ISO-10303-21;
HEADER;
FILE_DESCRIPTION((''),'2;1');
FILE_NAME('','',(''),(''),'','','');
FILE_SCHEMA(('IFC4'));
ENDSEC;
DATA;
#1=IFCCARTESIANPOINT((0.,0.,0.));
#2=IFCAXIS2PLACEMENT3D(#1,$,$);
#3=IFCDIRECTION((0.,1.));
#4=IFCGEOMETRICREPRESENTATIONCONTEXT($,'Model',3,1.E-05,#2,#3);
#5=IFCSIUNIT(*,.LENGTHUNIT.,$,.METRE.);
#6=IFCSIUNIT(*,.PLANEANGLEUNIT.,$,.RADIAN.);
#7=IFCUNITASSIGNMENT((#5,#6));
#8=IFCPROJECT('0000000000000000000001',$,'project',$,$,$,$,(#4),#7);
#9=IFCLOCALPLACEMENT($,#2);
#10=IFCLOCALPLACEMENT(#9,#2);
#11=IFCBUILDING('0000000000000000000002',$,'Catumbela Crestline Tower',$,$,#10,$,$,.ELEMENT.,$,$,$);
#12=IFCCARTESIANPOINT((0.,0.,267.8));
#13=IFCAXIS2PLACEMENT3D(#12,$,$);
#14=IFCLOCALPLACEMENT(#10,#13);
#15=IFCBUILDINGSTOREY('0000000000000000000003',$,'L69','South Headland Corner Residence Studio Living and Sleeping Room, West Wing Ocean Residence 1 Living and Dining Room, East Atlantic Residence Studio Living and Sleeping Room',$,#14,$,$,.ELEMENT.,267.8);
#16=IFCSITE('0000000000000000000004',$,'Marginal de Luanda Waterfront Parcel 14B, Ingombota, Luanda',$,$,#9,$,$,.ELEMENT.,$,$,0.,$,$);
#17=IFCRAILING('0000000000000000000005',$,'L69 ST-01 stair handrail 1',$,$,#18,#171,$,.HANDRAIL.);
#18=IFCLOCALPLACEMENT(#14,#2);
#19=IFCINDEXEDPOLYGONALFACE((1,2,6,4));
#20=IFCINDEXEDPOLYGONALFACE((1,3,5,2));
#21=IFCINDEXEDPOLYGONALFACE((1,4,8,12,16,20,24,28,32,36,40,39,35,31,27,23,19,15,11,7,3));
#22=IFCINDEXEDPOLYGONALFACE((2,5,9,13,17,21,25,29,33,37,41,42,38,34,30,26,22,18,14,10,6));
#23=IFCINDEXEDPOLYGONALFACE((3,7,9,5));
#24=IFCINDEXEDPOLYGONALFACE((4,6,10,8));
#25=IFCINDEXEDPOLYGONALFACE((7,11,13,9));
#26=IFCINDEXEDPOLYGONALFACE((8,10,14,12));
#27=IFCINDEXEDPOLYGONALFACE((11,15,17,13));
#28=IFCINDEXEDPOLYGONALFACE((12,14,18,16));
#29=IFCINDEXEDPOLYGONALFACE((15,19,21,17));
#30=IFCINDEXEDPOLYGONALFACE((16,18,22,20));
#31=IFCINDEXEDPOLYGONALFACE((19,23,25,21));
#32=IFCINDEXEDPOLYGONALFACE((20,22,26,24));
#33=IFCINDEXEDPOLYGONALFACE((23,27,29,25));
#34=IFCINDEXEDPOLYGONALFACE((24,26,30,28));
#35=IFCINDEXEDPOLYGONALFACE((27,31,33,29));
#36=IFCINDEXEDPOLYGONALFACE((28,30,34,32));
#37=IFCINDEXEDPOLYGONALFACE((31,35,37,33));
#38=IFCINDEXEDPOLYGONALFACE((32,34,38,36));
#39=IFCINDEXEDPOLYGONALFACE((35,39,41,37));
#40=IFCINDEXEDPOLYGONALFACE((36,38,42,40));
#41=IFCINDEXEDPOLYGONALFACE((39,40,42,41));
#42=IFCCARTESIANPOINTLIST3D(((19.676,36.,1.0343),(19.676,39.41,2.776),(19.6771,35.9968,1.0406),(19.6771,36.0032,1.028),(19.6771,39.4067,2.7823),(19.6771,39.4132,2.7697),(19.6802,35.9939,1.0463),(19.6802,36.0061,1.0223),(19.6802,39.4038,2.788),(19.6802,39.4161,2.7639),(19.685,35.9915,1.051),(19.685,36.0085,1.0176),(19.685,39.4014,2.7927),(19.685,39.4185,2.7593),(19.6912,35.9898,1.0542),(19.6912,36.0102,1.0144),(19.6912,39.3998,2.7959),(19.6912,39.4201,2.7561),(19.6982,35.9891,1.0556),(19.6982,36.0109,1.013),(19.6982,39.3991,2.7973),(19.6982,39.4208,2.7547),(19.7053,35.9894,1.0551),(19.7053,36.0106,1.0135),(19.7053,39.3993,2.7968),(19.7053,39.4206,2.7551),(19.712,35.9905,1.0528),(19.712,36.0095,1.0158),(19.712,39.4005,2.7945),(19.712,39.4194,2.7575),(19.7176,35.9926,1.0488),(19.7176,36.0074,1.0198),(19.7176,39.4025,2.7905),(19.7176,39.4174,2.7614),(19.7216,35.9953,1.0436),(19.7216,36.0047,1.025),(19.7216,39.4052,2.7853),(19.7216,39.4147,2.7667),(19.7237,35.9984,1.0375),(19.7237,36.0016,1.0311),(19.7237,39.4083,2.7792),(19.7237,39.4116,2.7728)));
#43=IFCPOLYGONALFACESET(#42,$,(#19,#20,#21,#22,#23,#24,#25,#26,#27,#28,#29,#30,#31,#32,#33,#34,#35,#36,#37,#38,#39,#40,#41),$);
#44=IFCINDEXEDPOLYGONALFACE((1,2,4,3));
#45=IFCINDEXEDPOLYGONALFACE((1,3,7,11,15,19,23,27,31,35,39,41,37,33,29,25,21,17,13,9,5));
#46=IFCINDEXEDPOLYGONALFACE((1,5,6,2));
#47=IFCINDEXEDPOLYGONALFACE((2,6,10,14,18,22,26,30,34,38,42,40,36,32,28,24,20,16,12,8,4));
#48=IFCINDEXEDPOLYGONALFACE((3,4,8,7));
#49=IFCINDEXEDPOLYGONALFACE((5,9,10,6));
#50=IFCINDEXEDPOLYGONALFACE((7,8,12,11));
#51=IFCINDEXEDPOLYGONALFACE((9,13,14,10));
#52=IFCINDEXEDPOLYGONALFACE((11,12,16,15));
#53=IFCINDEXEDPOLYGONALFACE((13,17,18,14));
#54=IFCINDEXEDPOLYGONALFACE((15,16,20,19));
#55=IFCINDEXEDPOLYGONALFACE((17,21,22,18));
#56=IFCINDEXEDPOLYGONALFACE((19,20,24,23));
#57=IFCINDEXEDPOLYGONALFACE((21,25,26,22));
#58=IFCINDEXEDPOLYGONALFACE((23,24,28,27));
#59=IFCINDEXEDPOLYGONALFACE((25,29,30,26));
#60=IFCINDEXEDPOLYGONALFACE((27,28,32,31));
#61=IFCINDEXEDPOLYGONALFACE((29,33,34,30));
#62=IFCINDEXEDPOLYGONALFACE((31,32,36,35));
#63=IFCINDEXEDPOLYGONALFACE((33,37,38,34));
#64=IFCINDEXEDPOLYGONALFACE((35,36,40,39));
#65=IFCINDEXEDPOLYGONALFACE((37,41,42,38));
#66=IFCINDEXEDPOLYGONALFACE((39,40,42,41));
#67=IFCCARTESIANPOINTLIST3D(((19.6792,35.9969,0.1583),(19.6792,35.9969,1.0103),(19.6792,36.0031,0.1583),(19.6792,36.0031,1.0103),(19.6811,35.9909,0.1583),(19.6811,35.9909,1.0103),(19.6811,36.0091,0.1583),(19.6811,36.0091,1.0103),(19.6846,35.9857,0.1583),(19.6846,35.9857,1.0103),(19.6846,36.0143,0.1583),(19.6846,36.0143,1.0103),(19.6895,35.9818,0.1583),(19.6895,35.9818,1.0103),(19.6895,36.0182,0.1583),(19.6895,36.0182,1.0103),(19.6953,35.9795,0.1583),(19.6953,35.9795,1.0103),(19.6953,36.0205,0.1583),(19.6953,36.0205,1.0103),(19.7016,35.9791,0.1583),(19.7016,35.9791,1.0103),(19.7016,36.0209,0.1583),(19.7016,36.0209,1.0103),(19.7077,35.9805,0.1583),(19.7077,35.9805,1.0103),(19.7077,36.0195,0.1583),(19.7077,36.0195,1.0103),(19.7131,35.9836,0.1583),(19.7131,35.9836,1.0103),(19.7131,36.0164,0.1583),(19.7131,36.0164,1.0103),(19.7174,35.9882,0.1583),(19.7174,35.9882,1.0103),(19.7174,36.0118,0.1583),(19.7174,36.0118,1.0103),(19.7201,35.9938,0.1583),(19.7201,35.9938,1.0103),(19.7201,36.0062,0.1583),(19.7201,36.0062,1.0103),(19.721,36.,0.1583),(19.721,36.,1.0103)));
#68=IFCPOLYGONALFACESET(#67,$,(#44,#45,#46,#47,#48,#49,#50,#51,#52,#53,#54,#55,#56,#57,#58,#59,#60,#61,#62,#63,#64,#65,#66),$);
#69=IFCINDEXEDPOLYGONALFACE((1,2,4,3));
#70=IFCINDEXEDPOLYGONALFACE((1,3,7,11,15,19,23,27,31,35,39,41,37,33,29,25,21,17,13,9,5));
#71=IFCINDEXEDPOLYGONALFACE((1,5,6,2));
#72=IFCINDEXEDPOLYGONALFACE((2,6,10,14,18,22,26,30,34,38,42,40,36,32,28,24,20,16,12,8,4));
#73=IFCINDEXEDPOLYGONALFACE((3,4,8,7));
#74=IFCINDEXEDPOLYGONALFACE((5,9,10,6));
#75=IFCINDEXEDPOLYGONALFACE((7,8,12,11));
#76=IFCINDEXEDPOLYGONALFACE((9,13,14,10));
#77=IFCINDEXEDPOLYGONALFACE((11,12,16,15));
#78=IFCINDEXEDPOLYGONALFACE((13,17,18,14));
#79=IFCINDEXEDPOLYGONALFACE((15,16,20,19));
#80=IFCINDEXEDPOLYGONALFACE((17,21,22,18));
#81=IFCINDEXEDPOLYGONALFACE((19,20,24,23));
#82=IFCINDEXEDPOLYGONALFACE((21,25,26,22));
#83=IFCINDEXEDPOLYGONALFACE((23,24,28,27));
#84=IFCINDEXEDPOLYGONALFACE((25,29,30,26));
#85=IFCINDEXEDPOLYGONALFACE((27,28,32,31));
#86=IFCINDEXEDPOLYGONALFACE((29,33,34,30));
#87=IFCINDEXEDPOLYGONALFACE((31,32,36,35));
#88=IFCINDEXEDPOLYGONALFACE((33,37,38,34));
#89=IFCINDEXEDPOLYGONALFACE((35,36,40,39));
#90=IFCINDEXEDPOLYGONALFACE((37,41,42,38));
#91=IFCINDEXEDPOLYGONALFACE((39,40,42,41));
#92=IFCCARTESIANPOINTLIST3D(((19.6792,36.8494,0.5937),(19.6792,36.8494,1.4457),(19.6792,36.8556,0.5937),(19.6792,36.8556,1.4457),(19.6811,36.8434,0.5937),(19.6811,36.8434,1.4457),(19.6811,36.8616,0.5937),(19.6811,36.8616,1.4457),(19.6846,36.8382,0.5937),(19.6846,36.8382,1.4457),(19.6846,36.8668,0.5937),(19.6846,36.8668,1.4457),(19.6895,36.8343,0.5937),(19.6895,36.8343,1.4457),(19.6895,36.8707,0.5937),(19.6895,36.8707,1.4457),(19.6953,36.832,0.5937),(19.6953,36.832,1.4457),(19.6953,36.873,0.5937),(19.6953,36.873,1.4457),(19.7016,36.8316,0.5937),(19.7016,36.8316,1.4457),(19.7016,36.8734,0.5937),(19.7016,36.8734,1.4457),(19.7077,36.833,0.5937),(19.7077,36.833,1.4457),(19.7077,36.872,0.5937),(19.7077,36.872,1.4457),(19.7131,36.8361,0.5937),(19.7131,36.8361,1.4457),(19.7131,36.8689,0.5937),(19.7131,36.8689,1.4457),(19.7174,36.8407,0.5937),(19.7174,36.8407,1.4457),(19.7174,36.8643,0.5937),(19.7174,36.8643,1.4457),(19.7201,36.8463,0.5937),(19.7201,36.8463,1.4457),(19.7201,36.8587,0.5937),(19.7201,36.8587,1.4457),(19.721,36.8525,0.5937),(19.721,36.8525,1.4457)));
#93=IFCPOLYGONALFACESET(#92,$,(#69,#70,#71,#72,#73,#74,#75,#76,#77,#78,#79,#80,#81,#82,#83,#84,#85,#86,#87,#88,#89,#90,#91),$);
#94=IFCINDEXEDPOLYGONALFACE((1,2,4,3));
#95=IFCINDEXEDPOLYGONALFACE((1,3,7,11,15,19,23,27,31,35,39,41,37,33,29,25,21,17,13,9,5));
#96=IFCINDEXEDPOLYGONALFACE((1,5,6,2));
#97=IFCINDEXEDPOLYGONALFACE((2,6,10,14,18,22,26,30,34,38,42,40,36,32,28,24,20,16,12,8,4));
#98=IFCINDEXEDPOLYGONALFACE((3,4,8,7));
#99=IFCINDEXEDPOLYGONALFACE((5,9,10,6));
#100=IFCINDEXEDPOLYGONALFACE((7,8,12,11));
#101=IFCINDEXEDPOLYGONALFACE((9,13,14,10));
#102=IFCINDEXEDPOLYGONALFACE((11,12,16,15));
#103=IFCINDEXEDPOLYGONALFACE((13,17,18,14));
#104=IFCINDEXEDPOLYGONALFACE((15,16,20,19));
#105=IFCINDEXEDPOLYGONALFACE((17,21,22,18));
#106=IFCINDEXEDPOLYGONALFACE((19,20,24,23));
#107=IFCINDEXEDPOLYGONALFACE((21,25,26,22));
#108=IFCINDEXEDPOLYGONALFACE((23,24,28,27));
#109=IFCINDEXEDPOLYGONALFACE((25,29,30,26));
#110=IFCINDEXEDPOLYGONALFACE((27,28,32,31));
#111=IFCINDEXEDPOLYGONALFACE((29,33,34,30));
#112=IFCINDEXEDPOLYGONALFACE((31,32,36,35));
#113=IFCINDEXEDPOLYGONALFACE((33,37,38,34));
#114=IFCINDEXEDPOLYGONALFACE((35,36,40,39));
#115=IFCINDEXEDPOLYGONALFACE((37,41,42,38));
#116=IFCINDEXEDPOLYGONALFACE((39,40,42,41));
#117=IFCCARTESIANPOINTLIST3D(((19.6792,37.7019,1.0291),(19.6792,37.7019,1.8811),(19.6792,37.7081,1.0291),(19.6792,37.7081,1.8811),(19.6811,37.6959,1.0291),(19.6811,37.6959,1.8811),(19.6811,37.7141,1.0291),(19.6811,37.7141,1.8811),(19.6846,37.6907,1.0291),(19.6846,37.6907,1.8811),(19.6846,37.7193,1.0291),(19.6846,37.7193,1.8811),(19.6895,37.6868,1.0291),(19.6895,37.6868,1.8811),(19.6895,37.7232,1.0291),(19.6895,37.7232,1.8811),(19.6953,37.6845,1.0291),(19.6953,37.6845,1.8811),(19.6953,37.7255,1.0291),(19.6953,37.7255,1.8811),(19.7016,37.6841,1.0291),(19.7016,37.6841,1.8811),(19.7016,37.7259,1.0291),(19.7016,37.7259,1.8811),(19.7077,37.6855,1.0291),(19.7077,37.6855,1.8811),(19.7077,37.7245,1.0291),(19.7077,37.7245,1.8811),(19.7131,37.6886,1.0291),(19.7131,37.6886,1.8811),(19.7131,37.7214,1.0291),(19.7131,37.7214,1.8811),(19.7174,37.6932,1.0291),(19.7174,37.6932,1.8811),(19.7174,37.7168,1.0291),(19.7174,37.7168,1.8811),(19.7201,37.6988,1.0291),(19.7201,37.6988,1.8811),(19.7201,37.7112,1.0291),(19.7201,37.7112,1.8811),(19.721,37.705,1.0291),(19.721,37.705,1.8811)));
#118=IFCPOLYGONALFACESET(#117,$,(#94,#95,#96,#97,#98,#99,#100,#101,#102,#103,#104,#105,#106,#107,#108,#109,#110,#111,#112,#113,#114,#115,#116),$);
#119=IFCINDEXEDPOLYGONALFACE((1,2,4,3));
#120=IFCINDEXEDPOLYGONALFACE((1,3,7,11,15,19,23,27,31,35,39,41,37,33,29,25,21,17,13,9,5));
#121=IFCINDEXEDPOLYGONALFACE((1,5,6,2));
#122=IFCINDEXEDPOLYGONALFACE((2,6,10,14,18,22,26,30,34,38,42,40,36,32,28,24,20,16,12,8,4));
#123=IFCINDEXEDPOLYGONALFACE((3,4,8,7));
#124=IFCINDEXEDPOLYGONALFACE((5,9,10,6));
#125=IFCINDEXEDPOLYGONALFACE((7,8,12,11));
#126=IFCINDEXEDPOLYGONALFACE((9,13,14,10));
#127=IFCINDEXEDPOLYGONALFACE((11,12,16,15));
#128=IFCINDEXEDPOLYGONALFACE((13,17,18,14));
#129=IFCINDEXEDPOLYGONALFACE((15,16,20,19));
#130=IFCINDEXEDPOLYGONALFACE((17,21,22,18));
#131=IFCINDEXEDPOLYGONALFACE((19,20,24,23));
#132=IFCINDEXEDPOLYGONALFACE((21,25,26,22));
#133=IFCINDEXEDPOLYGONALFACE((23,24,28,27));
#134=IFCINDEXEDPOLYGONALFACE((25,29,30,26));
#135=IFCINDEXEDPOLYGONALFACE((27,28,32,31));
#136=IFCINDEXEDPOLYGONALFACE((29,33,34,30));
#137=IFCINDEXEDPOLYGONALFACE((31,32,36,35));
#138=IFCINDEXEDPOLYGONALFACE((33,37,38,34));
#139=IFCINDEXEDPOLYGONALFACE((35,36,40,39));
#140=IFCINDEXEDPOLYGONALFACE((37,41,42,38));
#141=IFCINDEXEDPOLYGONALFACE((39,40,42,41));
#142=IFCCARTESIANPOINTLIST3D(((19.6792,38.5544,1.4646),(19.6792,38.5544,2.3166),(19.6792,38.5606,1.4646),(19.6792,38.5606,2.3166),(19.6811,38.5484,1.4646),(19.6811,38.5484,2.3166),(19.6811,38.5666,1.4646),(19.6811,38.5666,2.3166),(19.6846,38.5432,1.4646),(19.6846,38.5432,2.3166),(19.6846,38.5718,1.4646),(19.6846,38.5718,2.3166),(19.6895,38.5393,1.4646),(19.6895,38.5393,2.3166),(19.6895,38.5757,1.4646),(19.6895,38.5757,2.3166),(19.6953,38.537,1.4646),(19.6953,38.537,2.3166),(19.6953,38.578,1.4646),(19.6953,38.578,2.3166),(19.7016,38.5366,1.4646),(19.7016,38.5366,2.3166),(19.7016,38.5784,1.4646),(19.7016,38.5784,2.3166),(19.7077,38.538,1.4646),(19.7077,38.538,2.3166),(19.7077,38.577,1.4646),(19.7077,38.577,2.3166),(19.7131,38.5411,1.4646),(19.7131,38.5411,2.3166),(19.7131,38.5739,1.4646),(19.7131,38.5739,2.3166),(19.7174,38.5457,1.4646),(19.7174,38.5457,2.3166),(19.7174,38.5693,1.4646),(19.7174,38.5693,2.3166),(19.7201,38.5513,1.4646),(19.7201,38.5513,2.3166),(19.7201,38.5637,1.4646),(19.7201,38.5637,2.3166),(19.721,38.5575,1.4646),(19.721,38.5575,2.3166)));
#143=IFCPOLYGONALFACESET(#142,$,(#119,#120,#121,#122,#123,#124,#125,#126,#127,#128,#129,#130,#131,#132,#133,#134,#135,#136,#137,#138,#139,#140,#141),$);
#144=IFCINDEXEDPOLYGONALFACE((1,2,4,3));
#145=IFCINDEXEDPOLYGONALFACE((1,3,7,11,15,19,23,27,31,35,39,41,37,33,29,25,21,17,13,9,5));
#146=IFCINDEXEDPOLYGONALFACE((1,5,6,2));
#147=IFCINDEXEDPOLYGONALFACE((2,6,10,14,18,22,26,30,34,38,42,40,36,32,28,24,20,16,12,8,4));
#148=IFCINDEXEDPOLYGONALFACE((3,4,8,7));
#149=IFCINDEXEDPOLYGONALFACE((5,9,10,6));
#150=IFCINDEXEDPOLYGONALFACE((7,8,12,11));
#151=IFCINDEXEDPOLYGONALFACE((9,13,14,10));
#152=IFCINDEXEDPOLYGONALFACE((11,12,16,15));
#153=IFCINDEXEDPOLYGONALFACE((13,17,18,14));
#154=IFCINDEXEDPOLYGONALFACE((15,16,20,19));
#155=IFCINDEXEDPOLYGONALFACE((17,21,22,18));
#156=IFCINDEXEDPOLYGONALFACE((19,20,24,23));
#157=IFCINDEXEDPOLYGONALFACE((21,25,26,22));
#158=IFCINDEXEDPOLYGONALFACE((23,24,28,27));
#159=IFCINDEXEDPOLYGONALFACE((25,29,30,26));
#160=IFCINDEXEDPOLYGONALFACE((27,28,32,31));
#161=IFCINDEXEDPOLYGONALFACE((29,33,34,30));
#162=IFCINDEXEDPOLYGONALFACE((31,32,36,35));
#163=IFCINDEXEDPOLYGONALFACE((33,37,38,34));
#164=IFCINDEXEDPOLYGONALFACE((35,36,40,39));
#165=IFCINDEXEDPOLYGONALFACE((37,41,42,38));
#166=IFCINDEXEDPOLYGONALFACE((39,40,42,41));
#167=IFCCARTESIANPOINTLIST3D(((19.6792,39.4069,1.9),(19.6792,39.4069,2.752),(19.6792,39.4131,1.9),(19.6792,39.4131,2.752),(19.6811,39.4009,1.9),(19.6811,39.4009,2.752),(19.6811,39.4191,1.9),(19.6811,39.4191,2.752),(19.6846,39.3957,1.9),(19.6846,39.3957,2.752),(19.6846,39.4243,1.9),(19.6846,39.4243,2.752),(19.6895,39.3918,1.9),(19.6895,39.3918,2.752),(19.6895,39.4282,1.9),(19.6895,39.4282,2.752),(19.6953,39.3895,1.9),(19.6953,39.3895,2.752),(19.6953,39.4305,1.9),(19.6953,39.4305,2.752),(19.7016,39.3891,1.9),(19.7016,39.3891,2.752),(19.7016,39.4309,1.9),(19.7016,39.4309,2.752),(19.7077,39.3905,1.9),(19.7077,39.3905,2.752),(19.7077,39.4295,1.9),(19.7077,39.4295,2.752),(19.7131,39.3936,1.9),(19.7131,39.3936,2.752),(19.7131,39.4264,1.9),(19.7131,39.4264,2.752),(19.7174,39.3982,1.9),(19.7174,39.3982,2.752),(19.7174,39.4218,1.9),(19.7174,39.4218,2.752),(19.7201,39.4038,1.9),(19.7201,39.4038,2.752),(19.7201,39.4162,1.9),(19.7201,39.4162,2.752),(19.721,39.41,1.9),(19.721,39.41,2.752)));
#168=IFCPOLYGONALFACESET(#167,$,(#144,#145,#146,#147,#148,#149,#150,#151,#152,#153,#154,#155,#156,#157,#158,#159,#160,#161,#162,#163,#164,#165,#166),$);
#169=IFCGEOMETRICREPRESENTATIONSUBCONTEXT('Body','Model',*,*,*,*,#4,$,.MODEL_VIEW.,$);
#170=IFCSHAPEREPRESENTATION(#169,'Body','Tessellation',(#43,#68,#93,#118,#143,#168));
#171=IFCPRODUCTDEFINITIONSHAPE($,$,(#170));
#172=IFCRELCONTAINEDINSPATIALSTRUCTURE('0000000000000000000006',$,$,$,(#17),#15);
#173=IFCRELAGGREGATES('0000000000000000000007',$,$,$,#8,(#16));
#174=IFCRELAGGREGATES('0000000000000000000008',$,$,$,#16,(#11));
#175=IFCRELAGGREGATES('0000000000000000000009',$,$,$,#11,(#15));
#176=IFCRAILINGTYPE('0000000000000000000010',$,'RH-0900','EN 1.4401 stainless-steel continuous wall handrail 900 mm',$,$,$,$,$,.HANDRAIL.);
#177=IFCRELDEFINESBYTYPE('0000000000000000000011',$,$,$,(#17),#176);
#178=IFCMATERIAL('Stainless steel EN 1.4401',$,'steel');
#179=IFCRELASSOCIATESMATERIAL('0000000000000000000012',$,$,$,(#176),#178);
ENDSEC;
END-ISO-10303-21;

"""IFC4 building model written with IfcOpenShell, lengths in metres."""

from ifc_helpers import new_model, si_unit, direction, frame, origin, origin_2d, place, context, subcontext, project, spatial, circle, extrude, material, type_object, element, save


model = new_model("IFC4")

# Units and contexts
model_context = context("Model", 3, precision=1e-05, world=origin(), true_north=direction((0.0, 1.0)))
body_context = subcontext(model_context, "Body", "Model", "MODEL_VIEW")
ifc_project = project(units=[si_unit("LENGTHUNIT", "METRE"), si_unit("PLANEANGLEUNIT", "RADIAN")], contexts=[model_context])

# Site, building, storey
site_placement = place(None, origin())
site = spatial("IfcSite", under=ifc_project, at=site_placement, Name="Marginal de Luanda Waterfront Parcel 14B, Ingombota, Luanda", CompositionType="ELEMENT", RefElevation=0.0)
building_placement = place(site_placement, origin())
building = spatial("IfcBuilding", under=site, at=building_placement, Name="Catumbela Crestline Tower", CompositionType="ELEMENT")
storey_placement = place(building_placement, frame((0.0, 0.0, 267.8)))
storey = spatial("IfcBuildingStorey", under=building, at=storey_placement, Name="L69", Description="South Headland Corner Residence Studio Living and Sleeping Room, West Wing Ocean Residence 1 Living and Dining Room, East Atlantic Residence Studio Living and Sleeping Room", CompositionType="ELEMENT", Elevation=267.8)

# Shared definitions
ifc_material_1 = material(Name="Stainless steel EN 1.4401", Category="steel")

# Railing
railing_type_1 = type_object("IfcRailingType", Name="RH-0900", Description="EN 1.4401 stainless-steel continuous wall handrail 900 mm", PredefinedType="HANDRAIL", material=ifc_material_1)
railing_1_placement = place(storey_placement, frame((19.7, 36.0, 0.1583)))
element("IfcRailing", 1, at=railing_1_placement, inside=storey, type_object=railing_type_1, Name="L69 ST-01 stair handrail 1", PredefinedType="HANDRAIL", context=body_context, shape_type="SweptSolid", body=[
    extrude(circle(Radius=0.024, at=origin_2d()), frame((0.0, 0.0, 0.876), z_axis=(0.0, 0.89056, 0.454865), x_axis=(-1.0, 0.0, 0.0)), (0.0, 0.0, 1.0), 3.829),
    extrude(circle(Radius=0.021, at=origin_2d()), origin(), (0.0, 0.0, 1.0), 0.852),
    extrude(circle(Radius=0.021, at=origin_2d()), frame((0.0, 0.8525, 0.4354)), (0.0, 0.0, 1.0), 0.852),
    extrude(circle(Radius=0.021, at=origin_2d()), frame((0.0, 1.705, 0.8708)), (0.0, 0.0, 1.0), 0.852),
    extrude(circle(Radius=0.021, at=origin_2d()), frame((0.0, 2.5575, 1.3063)), (0.0, 0.0, 1.0), 0.852),
    extrude(circle(Radius=0.021, at=origin_2d()), frame((0.0, 3.41, 1.7417)), (0.0, 0.0, 1.0), 0.852),
])

save(model, "model.ifc")
